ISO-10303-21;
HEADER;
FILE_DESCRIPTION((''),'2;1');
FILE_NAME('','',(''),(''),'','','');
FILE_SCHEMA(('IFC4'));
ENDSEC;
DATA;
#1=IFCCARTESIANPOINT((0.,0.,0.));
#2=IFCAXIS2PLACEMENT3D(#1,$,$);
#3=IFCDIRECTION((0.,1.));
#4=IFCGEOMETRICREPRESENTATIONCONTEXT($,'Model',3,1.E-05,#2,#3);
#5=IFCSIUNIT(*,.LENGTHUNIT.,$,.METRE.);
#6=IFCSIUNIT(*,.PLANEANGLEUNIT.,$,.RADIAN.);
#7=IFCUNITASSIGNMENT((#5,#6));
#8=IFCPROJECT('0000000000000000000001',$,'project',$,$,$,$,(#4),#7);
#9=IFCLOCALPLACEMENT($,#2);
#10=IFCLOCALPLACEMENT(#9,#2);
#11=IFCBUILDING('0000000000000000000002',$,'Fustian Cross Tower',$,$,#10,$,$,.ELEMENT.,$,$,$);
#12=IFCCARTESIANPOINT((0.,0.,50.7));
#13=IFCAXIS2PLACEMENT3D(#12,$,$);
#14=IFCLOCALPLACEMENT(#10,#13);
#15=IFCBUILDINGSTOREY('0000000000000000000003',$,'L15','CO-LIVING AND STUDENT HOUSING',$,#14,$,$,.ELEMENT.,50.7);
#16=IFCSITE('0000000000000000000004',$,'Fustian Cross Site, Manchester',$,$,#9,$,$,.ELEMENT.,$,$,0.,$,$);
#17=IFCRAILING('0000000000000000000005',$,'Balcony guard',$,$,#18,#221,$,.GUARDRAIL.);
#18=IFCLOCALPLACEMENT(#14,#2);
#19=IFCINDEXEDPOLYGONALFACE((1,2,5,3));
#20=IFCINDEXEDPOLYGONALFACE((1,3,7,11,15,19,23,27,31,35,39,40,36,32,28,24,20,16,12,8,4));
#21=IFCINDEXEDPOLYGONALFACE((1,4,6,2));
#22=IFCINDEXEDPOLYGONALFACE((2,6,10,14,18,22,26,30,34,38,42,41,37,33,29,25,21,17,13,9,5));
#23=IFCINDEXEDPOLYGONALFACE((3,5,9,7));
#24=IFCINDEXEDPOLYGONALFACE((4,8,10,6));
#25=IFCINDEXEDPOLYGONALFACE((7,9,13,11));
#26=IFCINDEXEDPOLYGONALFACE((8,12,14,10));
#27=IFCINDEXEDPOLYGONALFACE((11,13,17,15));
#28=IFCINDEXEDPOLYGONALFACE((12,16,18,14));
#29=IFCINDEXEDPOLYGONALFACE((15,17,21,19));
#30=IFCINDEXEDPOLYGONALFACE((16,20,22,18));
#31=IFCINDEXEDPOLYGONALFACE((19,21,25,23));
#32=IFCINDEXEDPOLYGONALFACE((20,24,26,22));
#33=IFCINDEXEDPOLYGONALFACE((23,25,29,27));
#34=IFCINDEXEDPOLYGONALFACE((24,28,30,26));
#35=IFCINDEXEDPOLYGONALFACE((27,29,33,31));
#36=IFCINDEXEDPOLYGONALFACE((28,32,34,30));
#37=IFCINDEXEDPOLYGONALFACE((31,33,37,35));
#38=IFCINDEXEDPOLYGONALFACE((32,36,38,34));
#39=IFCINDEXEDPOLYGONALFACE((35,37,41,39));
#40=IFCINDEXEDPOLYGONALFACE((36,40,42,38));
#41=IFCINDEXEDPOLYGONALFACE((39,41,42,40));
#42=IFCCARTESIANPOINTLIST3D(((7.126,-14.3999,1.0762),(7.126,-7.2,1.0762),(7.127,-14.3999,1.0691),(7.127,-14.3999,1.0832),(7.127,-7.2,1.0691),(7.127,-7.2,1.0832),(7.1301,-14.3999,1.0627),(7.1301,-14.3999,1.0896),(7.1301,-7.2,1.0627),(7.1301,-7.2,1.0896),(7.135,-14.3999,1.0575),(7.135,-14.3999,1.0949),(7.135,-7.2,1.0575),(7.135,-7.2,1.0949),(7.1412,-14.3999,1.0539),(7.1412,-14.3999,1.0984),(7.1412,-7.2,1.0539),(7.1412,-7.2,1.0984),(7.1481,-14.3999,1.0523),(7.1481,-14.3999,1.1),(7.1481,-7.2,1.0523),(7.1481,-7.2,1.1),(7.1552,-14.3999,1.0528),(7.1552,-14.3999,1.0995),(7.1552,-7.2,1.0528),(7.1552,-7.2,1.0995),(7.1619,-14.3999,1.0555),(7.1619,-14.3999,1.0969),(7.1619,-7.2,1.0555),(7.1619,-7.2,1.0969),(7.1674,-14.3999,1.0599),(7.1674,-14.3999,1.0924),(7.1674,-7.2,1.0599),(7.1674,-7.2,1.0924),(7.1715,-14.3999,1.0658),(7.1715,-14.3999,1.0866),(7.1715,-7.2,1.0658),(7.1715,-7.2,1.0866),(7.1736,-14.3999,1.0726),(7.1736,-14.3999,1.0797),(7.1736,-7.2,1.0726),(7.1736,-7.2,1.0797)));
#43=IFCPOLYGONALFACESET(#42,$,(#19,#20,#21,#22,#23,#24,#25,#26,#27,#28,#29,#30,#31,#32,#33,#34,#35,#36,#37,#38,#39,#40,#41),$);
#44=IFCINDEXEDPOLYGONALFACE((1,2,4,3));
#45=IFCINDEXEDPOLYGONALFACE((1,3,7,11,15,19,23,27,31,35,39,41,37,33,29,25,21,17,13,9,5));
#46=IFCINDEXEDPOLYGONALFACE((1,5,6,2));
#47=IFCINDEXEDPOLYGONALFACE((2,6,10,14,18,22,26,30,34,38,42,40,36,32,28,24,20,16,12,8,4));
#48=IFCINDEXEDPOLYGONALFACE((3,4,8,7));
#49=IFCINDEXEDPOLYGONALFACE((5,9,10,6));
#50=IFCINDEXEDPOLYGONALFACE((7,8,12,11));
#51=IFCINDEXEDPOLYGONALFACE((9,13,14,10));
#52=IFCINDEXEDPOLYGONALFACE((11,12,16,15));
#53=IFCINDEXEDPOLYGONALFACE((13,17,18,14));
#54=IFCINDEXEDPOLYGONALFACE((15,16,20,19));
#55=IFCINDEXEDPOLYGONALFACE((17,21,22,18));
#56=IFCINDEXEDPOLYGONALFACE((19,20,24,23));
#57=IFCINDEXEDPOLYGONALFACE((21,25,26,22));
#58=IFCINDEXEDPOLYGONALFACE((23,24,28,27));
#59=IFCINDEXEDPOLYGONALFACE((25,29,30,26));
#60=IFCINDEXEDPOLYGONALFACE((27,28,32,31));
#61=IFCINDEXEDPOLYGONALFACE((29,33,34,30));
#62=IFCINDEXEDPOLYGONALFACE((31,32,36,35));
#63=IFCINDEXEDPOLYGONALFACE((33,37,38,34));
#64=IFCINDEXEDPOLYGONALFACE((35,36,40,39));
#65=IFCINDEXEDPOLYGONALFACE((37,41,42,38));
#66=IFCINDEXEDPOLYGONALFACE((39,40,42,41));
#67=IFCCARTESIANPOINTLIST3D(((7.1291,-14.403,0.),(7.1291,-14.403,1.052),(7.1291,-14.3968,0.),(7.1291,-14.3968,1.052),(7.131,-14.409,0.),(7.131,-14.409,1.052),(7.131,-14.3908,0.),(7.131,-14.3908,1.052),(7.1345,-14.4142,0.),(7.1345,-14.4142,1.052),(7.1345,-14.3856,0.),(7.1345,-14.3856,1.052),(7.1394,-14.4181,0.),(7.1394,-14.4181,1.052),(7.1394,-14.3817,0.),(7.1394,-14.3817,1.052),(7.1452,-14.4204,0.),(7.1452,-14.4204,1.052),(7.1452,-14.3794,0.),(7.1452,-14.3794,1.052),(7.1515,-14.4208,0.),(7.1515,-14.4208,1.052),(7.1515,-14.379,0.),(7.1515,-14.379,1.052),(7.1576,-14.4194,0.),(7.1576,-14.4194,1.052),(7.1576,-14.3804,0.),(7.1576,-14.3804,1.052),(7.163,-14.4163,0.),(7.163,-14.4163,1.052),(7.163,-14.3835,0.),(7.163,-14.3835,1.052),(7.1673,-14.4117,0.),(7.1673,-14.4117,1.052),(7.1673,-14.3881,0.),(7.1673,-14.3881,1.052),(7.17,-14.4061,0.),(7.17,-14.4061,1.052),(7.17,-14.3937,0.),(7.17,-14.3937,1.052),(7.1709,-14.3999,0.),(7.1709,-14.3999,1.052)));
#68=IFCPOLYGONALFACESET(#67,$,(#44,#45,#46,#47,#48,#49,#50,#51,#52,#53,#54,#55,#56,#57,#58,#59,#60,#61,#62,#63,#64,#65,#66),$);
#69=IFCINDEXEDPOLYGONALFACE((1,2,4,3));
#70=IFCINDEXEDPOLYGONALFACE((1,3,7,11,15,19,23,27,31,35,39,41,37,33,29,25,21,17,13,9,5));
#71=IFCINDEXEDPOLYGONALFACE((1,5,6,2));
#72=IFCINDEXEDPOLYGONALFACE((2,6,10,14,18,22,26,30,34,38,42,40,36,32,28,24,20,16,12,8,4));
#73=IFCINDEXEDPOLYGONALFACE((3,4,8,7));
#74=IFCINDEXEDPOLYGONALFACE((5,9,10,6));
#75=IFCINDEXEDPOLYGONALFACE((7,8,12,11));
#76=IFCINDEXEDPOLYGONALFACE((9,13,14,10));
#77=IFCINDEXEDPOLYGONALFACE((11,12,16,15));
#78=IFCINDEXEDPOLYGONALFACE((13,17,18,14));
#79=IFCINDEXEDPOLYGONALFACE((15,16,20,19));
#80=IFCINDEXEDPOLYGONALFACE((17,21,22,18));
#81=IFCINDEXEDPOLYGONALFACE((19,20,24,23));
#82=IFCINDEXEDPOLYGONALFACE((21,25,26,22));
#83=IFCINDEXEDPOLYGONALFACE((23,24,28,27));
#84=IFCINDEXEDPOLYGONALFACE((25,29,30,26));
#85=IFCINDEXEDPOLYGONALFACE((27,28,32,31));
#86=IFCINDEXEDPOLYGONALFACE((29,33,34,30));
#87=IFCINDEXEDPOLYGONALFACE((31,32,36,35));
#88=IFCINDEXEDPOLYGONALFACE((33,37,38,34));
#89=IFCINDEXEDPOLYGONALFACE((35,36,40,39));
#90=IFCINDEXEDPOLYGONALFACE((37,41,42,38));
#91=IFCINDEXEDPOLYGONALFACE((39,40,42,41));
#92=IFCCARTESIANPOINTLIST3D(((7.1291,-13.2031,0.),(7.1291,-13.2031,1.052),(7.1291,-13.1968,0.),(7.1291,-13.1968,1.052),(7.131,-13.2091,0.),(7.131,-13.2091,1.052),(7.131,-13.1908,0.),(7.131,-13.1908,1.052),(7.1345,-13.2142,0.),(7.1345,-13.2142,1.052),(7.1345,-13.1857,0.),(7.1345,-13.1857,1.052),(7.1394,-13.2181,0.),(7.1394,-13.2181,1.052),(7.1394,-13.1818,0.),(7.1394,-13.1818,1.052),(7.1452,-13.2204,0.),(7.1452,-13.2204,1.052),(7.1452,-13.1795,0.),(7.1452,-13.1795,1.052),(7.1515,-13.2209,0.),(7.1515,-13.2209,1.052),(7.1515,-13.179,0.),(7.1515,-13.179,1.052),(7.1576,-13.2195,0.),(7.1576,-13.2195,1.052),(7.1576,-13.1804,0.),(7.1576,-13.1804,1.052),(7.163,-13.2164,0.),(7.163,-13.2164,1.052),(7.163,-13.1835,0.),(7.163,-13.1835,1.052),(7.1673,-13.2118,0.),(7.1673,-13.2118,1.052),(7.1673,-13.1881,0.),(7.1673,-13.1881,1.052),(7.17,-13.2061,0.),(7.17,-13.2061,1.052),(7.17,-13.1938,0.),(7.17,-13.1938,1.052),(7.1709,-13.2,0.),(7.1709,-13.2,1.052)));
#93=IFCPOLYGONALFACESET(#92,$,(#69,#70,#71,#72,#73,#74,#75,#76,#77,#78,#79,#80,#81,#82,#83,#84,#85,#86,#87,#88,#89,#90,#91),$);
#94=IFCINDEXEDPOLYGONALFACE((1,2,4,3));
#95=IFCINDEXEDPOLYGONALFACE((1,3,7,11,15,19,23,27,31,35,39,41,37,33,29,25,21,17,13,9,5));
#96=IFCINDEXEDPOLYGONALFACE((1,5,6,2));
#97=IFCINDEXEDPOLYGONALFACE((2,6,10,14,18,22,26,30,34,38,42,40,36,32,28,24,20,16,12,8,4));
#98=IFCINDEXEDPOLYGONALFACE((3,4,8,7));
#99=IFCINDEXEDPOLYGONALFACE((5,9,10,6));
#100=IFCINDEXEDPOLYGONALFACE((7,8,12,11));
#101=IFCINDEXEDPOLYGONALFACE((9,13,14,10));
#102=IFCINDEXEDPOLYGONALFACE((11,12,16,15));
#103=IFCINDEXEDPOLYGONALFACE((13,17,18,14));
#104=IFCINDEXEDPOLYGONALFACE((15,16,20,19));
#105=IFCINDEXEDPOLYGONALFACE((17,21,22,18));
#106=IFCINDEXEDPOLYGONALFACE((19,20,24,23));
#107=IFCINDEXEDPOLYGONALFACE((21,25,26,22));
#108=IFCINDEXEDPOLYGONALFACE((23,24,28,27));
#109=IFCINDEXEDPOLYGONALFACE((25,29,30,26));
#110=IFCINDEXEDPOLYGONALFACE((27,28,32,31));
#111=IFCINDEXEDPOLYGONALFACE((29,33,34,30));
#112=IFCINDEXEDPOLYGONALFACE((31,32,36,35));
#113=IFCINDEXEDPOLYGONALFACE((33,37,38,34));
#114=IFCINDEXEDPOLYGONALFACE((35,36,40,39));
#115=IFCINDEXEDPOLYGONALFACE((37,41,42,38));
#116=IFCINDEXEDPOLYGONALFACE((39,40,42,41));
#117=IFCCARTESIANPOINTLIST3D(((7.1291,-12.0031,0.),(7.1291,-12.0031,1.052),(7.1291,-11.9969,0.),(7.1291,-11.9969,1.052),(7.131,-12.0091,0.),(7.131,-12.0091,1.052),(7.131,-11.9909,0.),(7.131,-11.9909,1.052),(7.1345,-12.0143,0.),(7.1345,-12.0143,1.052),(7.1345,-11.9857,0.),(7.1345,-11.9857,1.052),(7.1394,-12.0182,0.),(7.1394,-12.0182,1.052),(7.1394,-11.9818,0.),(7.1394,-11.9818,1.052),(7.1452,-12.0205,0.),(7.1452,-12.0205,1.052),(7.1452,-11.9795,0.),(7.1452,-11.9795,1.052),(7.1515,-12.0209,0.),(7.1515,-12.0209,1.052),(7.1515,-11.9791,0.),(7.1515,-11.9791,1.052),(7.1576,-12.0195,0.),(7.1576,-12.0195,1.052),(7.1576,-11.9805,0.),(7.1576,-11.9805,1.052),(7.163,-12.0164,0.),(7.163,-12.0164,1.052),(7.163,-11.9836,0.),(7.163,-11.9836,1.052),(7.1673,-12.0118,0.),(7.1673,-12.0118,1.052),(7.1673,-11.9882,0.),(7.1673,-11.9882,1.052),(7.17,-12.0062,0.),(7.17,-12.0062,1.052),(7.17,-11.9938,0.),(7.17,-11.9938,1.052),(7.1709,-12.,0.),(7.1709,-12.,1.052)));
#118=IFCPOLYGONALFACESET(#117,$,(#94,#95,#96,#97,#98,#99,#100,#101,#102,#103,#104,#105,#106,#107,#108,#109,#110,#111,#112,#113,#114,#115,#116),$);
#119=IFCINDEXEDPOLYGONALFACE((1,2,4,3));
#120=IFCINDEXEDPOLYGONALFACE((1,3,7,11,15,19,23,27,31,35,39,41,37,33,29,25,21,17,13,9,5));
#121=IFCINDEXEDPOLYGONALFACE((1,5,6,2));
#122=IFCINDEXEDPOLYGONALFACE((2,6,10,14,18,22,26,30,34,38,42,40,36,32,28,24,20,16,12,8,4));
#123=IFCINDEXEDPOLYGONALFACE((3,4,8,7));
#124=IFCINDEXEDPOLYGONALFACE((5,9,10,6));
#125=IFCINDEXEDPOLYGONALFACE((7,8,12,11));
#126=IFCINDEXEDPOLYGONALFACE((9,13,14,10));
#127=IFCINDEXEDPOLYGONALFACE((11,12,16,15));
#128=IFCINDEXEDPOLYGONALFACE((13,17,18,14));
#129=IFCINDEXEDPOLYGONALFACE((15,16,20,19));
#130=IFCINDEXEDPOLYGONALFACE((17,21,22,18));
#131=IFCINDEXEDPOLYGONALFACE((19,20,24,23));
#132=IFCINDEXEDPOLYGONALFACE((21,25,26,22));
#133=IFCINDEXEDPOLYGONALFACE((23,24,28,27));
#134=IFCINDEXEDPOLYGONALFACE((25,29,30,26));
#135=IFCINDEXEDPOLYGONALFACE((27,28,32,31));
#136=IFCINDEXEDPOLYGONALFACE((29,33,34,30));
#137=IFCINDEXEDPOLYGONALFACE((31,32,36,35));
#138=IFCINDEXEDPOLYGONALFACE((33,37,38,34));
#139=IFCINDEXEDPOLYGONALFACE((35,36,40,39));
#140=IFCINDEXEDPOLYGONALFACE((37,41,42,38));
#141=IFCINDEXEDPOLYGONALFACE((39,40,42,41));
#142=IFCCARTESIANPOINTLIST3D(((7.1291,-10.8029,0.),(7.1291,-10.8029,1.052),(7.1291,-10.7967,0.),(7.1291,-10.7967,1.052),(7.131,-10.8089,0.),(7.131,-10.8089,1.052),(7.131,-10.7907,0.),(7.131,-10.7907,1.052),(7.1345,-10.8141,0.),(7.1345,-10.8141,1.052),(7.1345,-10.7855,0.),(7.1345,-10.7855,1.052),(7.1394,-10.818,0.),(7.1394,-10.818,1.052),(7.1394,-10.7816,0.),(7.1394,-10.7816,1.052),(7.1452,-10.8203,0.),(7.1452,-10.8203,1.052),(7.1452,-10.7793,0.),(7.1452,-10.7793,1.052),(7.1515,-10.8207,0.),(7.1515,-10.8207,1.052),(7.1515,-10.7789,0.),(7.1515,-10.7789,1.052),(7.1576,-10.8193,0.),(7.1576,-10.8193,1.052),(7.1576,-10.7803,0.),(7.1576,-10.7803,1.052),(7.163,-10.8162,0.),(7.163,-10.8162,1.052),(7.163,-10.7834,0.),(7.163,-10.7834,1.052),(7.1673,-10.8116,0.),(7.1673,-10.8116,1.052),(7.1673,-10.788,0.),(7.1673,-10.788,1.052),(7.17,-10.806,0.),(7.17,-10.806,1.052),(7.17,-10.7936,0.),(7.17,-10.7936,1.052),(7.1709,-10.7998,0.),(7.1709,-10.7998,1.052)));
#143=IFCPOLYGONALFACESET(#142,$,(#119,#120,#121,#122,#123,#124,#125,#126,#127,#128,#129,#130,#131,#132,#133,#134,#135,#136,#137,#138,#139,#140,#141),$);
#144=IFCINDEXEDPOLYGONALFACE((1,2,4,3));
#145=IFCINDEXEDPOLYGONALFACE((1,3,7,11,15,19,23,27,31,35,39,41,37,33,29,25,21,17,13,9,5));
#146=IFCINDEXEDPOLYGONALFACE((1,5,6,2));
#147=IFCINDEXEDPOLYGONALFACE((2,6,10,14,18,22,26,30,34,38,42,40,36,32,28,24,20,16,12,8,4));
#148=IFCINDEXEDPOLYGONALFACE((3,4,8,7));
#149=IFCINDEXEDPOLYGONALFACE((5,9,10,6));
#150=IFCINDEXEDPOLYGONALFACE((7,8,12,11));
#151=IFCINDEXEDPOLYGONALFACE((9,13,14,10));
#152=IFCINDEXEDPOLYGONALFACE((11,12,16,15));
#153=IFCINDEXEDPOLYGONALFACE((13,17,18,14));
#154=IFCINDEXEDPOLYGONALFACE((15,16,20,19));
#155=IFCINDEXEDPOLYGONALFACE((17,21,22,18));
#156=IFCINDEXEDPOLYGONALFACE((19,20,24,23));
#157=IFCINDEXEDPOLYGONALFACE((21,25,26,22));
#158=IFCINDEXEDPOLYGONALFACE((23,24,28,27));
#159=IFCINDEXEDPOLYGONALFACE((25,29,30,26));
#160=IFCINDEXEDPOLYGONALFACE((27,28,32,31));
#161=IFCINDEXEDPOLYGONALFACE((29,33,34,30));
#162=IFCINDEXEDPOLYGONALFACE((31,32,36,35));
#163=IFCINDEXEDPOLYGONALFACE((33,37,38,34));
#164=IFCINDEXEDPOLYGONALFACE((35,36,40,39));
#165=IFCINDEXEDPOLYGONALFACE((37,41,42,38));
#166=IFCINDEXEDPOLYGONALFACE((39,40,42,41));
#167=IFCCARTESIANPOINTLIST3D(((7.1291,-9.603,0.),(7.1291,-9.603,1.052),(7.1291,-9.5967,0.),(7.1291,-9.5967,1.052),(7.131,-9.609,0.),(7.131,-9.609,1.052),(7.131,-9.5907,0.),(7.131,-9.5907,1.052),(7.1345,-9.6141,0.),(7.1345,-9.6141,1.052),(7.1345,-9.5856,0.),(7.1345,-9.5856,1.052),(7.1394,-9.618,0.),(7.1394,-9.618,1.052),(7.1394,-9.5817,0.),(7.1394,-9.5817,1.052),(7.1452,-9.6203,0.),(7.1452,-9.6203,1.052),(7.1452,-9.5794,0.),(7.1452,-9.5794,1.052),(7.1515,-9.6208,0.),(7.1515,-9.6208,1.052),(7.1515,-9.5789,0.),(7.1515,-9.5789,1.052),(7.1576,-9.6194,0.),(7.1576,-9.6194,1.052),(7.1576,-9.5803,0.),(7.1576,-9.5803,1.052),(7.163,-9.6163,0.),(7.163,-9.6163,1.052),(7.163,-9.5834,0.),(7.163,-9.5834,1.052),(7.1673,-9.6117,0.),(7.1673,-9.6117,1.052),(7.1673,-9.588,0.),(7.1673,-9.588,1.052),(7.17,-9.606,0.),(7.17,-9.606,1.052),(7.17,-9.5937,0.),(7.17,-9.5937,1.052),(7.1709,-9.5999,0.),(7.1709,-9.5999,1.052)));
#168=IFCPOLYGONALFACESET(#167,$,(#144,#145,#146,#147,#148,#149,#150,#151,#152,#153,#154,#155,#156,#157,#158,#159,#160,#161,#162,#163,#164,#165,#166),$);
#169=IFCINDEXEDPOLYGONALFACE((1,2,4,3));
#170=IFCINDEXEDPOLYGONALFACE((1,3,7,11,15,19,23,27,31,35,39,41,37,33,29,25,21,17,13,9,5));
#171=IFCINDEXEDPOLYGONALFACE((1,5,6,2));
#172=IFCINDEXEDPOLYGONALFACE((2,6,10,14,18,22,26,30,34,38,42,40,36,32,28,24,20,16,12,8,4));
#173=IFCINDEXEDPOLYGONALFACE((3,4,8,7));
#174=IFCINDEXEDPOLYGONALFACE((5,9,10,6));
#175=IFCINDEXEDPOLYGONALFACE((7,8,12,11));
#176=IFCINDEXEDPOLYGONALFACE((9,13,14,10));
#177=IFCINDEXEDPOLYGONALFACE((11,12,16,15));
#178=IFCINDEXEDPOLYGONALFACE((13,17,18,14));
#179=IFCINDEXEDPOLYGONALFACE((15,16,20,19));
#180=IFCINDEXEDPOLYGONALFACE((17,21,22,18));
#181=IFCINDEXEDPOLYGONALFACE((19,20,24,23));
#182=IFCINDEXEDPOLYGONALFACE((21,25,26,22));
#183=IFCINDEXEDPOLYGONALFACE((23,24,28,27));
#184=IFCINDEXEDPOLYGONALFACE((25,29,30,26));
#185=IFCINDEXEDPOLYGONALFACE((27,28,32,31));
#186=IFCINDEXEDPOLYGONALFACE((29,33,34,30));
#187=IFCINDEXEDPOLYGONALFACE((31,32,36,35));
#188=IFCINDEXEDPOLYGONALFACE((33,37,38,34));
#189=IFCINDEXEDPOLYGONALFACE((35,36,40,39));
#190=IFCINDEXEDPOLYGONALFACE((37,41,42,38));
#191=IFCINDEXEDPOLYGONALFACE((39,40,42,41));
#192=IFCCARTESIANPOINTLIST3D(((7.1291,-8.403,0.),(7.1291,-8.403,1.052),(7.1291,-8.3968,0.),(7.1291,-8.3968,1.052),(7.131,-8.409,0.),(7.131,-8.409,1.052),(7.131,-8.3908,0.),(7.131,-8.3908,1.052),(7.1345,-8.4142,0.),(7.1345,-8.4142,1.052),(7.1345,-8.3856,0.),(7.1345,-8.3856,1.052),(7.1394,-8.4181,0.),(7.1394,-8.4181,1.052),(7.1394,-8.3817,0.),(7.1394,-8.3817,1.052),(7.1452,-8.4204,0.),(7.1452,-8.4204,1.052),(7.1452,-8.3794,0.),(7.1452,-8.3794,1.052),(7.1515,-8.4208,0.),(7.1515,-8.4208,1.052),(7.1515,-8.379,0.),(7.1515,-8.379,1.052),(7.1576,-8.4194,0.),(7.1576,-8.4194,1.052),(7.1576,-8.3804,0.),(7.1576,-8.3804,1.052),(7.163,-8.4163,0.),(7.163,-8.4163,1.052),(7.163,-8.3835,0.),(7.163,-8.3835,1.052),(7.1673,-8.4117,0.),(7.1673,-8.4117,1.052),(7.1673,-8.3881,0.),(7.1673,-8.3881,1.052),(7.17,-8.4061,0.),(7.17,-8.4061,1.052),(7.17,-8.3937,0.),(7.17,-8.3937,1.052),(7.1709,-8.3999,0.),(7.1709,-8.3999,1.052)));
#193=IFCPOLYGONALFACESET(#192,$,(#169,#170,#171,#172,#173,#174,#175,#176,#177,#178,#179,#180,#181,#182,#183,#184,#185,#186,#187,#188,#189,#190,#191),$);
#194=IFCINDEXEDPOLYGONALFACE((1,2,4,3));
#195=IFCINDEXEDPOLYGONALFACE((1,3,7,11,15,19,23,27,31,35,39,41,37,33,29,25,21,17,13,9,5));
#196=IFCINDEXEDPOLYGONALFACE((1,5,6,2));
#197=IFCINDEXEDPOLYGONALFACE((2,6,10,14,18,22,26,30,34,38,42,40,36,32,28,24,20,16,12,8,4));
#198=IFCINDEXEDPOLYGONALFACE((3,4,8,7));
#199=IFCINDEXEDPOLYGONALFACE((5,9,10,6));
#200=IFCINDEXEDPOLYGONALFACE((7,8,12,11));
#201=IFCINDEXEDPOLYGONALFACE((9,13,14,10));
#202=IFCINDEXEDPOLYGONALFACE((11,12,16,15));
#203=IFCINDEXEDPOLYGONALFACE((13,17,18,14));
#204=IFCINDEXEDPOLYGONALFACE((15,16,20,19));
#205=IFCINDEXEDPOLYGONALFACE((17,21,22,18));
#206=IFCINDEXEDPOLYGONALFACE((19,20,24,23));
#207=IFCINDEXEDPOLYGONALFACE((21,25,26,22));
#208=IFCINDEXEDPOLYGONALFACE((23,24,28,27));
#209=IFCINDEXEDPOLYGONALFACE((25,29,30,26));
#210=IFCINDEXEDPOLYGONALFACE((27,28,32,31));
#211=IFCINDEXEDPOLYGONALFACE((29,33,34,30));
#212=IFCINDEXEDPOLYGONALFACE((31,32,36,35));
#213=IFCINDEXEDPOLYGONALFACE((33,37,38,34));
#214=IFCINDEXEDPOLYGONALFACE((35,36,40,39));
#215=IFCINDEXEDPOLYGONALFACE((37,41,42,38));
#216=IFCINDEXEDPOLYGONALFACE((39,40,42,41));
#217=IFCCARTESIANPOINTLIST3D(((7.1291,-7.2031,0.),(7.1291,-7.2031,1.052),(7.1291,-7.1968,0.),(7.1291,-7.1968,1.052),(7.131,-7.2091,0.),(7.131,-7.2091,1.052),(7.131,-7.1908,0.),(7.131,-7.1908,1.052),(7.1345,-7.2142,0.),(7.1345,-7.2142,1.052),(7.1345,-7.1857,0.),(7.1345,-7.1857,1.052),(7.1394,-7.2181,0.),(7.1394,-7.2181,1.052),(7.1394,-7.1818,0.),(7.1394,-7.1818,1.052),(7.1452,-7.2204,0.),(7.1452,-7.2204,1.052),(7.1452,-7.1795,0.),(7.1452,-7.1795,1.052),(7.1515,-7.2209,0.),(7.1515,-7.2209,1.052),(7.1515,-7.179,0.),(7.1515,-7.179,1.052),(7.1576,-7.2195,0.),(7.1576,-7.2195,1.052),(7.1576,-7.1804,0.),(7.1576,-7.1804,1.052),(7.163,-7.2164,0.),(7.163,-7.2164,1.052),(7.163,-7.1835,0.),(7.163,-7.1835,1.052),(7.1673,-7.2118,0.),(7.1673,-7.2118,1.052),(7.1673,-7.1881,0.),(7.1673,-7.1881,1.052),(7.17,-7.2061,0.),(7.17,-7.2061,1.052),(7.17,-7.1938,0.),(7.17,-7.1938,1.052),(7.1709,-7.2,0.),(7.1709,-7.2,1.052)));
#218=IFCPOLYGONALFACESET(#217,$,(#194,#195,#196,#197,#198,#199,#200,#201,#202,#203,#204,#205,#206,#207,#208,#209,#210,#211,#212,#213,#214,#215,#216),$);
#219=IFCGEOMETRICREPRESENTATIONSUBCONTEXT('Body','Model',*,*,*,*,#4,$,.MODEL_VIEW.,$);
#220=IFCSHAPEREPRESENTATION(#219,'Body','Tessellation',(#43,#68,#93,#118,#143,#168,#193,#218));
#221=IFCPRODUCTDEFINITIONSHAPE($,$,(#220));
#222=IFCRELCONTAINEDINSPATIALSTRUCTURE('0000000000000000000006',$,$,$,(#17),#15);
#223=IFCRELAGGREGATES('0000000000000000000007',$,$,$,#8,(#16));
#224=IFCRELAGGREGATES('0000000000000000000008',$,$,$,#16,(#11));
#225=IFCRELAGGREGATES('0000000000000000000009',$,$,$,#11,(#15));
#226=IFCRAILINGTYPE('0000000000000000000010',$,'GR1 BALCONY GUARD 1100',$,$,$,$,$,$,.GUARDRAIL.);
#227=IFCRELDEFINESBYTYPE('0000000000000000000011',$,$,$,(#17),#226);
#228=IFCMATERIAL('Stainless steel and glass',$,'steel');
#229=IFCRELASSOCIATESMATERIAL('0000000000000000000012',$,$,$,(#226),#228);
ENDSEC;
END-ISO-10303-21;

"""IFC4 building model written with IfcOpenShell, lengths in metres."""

from ifc_helpers import new_model, si_unit, direction, frame, origin, origin_2d, place, context, subcontext, project, spatial, circle, extrude, material, type_object, element, save


model = new_model("IFC4")

# Units and contexts
model_context = context("Model", 3, precision=1e-05, world=origin(), true_north=direction((0.0, 1.0)))
body_context = subcontext(model_context, "Body", "Model", "MODEL_VIEW")
ifc_project = project(units=[si_unit("LENGTHUNIT", "METRE"), si_unit("PLANEANGLEUNIT", "RADIAN")], contexts=[model_context])

# Site, building, storey
site_placement = place(None, origin())
site = spatial("IfcSite", under=ifc_project, at=site_placement, Name="Fustian Cross Site, Manchester", CompositionType="ELEMENT", RefElevation=0.0)
building_placement = place(site_placement, origin())
building = spatial("IfcBuilding", under=site, at=building_placement, Name="Fustian Cross Tower", CompositionType="ELEMENT")
storey_placement = place(building_placement, frame((0.0, 0.0, 50.7)))
storey = spatial("IfcBuildingStorey", under=building, at=storey_placement, Name="L15", Description="CO-LIVING AND STUDENT HOUSING", CompositionType="ELEMENT", Elevation=50.7)

# Railing
ifc_material_1 = material(Name="Stainless steel and glass", Category="steel")
railing_type = type_object("IfcRailingType", Name="GR1 BALCONY GUARD 1100", PredefinedType="GUARDRAIL", material=ifc_material_1)
railing_placement = place(storey_placement, frame((7.1499, -14.3999, 0.0)))
element("IfcRailing", 1, at=railing_placement, inside=storey, type_object=railing_type, Name="Balcony guard", PredefinedType="GUARDRAIL", context=body_context, shape_type="SweptSolid", body=[
    extrude(circle(Radius=0.0239, at=origin_2d()), frame((0.0, 0.0, 1.0762), z_axis=(0.0, 1.0, 0.0), x_axis=(-1.0, 0.0, 0.0)), (0.0, 0.0, 1.0), 7.2),
    extrude(circle(Radius=0.021, at=origin_2d()), origin(), (0.0, 0.0, 1.0), 1.052),
    extrude(circle(Radius=0.021, at=origin_2d()), frame((0.0, 1.2, 0.0)), (0.0, 0.0, 1.0), 1.052),
    extrude(circle(Radius=0.021, at=origin_2d()), frame((0.0, 2.3999, 0.0)), (0.0, 0.0, 1.0), 1.052),
    extrude(circle(Radius=0.021, at=origin_2d()), frame((0.0, 3.6001, 0.0)), (0.0, 0.0, 1.0), 1.052),
    extrude(circle(Radius=0.021, at=origin_2d()), frame((0.0, 4.8, 0.0)), (0.0, 0.0, 1.0), 1.052),
    extrude(circle(Radius=0.021, at=origin_2d()), frame((0.0, 6.0, 0.0)), (0.0, 0.0, 1.0), 1.052),
    extrude(circle(Radius=0.021, at=origin_2d()), frame((0.0, 7.2, 0.0)), (0.0, 0.0, 1.0), 1.052),
])

save(model, "model.ifc")
